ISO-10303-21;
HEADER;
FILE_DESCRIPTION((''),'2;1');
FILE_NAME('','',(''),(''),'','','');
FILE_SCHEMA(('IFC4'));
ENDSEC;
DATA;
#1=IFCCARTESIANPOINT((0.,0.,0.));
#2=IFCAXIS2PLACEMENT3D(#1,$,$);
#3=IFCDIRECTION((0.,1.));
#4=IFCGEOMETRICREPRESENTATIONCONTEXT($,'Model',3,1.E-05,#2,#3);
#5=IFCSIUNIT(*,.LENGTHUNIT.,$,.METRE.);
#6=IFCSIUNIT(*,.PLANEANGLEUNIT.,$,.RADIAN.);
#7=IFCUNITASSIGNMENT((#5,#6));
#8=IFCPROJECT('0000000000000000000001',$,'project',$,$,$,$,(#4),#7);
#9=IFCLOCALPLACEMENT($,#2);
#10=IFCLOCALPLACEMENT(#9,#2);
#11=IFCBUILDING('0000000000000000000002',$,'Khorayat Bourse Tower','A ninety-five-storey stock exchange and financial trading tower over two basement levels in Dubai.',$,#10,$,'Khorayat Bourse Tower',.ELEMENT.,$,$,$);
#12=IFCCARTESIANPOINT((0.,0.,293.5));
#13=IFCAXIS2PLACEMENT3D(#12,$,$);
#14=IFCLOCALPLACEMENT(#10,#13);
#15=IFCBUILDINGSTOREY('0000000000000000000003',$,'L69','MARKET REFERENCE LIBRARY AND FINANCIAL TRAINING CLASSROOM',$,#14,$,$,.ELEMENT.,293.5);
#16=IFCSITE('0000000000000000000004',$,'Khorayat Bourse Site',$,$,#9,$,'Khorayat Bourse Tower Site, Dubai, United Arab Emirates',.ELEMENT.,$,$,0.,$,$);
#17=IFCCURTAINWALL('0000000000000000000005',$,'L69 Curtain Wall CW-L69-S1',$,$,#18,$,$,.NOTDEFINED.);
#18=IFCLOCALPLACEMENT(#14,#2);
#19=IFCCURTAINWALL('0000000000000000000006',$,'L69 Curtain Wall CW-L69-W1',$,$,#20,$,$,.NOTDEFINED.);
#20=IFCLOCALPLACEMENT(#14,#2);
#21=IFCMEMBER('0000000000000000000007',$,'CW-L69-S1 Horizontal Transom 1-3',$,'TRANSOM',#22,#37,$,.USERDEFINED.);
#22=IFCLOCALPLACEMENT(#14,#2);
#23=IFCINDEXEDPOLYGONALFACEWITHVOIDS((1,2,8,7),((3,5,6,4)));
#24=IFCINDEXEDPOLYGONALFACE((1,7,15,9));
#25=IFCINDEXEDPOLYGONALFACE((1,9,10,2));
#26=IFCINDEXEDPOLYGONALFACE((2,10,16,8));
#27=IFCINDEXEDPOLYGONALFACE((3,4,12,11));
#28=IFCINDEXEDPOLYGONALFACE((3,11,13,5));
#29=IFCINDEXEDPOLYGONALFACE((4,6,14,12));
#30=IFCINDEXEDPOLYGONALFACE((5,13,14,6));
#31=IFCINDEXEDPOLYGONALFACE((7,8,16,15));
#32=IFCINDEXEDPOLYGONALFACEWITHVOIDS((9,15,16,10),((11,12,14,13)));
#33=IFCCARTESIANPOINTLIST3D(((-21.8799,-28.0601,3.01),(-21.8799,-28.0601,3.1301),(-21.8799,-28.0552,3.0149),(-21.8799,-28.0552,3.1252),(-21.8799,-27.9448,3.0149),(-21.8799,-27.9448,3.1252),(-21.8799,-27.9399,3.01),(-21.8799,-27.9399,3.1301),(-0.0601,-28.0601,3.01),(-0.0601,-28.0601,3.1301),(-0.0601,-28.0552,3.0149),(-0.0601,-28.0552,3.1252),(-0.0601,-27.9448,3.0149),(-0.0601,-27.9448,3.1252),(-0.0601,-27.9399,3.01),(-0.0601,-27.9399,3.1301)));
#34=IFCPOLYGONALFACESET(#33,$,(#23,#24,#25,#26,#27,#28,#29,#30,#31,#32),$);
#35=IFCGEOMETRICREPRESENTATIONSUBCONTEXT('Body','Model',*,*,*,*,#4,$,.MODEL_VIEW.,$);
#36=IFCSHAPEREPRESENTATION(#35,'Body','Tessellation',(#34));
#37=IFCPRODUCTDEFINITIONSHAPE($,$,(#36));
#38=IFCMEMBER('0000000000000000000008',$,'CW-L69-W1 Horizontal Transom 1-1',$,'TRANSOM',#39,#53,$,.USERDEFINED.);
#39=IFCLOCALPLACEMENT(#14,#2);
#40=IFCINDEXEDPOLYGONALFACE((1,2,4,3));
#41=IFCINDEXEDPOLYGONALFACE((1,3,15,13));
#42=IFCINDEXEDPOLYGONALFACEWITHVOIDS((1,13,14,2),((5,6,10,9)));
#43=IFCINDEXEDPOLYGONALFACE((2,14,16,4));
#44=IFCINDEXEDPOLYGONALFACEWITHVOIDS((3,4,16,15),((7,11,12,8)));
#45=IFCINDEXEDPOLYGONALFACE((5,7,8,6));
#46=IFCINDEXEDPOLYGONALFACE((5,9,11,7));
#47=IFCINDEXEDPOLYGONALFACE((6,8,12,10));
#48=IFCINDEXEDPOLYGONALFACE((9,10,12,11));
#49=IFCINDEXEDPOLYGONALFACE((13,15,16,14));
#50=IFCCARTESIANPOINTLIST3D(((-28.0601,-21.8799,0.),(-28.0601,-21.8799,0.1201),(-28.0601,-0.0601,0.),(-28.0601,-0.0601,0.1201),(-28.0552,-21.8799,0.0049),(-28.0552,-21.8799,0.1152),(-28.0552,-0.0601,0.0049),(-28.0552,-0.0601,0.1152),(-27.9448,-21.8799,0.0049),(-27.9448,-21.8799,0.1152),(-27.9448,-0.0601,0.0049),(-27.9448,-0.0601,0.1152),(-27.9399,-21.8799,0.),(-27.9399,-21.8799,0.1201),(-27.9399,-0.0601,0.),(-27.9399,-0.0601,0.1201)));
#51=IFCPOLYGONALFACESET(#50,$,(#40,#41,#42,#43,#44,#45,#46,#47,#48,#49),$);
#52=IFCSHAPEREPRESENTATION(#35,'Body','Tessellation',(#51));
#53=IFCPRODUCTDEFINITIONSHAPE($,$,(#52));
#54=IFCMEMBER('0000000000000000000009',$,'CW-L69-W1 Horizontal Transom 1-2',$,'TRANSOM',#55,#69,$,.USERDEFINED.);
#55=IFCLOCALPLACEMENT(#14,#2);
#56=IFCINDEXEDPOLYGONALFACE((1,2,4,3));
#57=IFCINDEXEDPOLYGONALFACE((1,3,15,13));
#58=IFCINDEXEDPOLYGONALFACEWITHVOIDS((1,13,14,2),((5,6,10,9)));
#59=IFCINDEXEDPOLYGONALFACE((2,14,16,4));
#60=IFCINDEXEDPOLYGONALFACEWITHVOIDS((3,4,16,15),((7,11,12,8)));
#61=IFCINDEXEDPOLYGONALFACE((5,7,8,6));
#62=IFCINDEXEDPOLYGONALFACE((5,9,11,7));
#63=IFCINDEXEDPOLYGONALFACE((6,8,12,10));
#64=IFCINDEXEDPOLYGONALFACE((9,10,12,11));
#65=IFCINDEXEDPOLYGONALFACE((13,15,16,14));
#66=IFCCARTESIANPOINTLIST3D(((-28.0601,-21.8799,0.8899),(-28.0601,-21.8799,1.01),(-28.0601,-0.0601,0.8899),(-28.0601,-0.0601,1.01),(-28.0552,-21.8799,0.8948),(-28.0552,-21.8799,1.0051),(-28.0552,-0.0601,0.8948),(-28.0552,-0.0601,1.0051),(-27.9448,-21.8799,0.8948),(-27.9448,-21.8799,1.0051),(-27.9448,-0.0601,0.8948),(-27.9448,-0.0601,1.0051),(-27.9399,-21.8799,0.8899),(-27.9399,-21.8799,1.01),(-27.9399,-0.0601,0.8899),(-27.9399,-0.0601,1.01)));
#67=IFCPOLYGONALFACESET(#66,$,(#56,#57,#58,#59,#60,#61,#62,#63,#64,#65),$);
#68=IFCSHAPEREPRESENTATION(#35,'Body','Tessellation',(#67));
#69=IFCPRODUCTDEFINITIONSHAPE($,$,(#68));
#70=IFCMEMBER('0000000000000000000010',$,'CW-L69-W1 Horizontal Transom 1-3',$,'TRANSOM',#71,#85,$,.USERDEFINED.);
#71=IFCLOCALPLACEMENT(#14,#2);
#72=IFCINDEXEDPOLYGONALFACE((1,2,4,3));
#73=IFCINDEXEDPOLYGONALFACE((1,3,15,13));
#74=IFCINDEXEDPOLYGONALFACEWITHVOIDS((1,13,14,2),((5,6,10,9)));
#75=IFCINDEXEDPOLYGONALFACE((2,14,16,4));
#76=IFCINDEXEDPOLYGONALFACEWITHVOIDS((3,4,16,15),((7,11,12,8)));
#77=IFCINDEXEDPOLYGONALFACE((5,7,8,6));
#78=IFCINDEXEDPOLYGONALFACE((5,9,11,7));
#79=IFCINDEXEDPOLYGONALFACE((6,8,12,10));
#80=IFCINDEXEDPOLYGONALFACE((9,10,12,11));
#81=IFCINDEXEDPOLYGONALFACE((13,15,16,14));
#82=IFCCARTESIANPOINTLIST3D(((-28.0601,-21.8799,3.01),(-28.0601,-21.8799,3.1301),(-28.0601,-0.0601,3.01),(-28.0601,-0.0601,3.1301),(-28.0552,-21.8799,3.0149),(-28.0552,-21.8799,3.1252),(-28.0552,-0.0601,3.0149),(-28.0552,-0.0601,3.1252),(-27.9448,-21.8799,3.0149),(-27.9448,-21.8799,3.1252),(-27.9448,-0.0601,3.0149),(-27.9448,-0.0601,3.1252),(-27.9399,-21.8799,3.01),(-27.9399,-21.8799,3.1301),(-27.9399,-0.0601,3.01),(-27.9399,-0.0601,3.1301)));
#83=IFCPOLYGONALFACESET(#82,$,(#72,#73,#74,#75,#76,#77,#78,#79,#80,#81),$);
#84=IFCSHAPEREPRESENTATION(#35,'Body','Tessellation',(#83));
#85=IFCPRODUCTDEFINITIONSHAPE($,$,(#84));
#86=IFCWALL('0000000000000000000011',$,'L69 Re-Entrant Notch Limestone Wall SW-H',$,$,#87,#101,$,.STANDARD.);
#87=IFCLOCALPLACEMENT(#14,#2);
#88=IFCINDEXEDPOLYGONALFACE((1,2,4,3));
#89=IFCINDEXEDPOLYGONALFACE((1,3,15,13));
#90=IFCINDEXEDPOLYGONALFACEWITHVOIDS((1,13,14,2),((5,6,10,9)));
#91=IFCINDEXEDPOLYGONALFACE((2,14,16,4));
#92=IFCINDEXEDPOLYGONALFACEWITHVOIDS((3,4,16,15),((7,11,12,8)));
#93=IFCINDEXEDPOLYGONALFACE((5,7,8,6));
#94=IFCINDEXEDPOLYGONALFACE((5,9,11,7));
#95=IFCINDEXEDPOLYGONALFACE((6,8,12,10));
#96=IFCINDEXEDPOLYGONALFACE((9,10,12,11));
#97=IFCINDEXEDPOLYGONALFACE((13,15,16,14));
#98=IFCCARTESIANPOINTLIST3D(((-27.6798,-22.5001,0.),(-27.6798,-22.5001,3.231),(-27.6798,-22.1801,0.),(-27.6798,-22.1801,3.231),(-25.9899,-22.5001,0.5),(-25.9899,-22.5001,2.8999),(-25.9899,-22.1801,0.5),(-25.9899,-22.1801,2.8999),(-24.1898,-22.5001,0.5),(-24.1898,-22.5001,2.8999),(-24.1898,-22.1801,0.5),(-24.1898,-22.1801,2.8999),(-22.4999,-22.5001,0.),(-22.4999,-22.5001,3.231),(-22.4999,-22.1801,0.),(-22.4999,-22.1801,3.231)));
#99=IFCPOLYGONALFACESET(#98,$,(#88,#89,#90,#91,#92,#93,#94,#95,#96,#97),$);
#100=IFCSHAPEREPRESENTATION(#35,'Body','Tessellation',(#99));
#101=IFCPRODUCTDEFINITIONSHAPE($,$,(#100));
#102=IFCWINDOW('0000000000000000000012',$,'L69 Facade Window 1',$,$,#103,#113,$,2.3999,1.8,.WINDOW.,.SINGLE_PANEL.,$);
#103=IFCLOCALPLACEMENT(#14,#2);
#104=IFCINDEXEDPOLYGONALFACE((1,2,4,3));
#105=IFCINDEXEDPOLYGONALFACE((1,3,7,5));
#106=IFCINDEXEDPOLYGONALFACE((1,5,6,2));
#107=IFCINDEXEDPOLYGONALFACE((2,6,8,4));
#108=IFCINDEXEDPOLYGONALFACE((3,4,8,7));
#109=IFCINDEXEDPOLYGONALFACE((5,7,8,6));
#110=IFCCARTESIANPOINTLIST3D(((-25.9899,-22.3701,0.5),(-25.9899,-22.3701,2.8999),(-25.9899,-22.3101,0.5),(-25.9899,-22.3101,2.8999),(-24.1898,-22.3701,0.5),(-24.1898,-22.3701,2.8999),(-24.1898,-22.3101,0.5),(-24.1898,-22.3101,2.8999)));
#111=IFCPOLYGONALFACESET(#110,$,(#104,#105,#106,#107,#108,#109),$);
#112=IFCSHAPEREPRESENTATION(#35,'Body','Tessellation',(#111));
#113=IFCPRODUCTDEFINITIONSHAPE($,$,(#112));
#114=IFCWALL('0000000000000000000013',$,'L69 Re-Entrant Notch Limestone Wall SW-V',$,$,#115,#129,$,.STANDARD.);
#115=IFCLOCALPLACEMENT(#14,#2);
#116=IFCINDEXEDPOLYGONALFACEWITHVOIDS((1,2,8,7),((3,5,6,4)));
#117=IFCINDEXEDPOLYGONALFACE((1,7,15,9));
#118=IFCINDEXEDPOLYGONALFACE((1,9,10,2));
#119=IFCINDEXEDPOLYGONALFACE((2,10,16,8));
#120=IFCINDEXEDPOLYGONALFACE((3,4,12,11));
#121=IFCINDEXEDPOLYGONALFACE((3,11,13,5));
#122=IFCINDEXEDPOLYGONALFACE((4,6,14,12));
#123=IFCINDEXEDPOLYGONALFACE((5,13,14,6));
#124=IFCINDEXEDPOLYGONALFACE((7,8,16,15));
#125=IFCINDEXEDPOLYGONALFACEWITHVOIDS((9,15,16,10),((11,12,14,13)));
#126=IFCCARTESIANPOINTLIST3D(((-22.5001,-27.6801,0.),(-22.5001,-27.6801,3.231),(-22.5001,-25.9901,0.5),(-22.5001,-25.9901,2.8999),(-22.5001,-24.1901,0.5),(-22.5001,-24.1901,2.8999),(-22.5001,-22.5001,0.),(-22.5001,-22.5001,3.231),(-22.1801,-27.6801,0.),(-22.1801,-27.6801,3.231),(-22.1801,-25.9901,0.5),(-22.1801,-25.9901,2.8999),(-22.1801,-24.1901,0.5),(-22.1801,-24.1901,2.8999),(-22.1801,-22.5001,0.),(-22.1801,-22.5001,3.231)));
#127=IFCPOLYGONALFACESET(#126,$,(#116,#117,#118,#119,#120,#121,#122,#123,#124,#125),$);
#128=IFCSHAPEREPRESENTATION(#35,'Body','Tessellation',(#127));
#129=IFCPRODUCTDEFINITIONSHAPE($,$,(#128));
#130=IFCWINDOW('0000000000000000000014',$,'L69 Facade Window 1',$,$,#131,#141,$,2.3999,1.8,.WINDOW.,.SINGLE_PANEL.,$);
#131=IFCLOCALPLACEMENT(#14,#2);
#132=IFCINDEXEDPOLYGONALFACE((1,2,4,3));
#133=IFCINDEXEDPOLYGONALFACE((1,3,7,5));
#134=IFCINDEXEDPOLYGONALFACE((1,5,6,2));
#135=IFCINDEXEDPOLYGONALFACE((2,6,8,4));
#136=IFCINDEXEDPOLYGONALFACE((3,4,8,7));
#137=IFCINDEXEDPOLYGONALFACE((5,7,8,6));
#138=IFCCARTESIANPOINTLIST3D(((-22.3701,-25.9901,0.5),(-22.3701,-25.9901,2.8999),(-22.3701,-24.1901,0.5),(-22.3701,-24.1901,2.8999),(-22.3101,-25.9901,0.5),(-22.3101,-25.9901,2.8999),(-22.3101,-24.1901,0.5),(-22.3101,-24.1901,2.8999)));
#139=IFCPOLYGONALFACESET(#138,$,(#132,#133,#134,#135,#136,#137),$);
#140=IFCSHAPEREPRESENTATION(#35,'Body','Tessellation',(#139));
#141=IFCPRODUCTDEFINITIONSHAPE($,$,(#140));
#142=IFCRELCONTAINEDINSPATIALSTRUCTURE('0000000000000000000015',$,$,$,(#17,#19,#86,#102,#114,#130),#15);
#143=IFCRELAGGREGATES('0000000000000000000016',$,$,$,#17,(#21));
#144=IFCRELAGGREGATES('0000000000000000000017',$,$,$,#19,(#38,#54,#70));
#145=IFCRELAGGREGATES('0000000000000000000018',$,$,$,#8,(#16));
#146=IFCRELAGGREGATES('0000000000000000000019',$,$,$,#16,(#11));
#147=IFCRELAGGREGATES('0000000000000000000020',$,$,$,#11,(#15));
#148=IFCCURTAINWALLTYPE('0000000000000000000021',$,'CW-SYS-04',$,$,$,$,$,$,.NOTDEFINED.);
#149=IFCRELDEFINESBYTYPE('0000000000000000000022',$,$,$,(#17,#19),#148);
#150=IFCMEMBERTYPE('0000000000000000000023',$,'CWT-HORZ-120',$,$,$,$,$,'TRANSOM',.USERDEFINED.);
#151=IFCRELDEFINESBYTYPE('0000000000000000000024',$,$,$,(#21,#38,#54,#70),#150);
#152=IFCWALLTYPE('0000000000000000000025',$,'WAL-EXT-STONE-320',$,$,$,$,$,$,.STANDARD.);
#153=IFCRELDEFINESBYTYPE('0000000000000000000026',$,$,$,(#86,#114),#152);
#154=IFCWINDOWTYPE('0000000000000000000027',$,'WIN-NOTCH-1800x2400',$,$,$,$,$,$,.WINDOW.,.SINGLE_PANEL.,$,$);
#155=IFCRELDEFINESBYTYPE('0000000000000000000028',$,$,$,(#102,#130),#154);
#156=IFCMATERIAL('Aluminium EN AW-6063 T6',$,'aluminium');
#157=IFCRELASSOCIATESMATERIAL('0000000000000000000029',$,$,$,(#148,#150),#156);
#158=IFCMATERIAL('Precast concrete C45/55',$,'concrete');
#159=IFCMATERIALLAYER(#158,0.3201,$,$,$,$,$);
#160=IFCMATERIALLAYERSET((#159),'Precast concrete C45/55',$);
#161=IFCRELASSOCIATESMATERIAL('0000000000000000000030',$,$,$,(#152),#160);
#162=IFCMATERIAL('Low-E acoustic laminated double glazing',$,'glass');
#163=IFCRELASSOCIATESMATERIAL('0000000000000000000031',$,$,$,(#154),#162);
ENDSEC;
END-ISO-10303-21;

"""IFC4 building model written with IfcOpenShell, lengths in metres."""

from ifc_helpers import new_model, si_unit, direction, frame, frame_2d, origin, origin_2d, place, context, subcontext, project, spatial, rectangle, hollow_rectangle, extrude, source, transform, mapped, material, layer, layer_set, material_profile, profile_set, type_object, element, fill, aggregate, save


model = new_model("IFC4")

# Units and contexts
model_context = context("Model", 3, precision=1e-05, world=origin(), true_north=direction((0.0, 1.0)))
body_context = subcontext(model_context, "Body", "Model", "MODEL_VIEW")
ifc_project = project(units=[si_unit("LENGTHUNIT", "METRE"), si_unit("PLANEANGLEUNIT", "RADIAN")], contexts=[model_context])

# Site, building, storey
site_placement = place(None, origin())
site = spatial("IfcSite", under=ifc_project, at=site_placement, Name="Khorayat Bourse Site", LongName="Khorayat Bourse Tower Site, Dubai, United Arab Emirates", CompositionType="ELEMENT", RefElevation=0.0)
building_placement = place(site_placement, origin())
building = spatial("IfcBuilding", under=site, at=building_placement, Name="Khorayat Bourse Tower", Description="A ninety-five-storey stock exchange and financial trading tower over two basement levels in Dubai.", LongName="Khorayat Bourse Tower", CompositionType="ELEMENT")
storey_placement = place(building_placement, frame((0.0, 0.0, 293.5)))
storey = spatial("IfcBuildingStorey", under=building, at=storey_placement, Name="L69", Description="MARKET REFERENCE LIBRARY AND FINANCIAL TRAINING CLASSROOM", CompositionType="ELEMENT", Elevation=293.5)

# Curtain wall
ifc_material_1 = material(Name="Aluminium EN AW-6063 T6", Category="aluminium")
curtain_wall_type = type_object("IfcCurtainWallType", Name="CW-SYS-04", PredefinedType="NOTDEFINED", material=ifc_material_1)
curtain_wall_1_placement = place(storey_placement, origin())
curtain_wall_1 = element("IfcCurtainWall", 1, at=curtain_wall_1_placement, inside=storey, type_object=curtain_wall_type, Name="L69 Curtain Wall CW-L69-S1", PredefinedType="NOTDEFINED")

# Curtain wall
curtain_wall_2_placement = place(storey_placement, origin())
curtain_wall_2 = element("IfcCurtainWall", 2, at=curtain_wall_2_placement, inside=storey, type_object=curtain_wall_type, Name="L69 Curtain Wall CW-L69-W1", PredefinedType="NOTDEFINED")

# Members
ifc_material_profile_1 = material_profile(ifc_material_1, hollow_rectangle(XDim=0.1201, YDim=0.1201, WallThickness=0.0049, at=origin_2d()), Name="ALU 120x120x5")
ifc_profile_set_1 = profile_set([ifc_material_profile_1], Name="Aluminium EN AW-6063 T6")
member_type_1 = type_object("IfcMemberType", Name="CWT-HORZ-120", ElementType="TRANSOM", PredefinedType="USERDEFINED", material=ifc_profile_set_1)
shared_shape_1 = source(origin(), body_context, "Body", "SweptSolid", [
    extrude(hollow_rectangle(XDim=0.1201, YDim=0.1201, WallThickness=0.0049, at=origin_2d()), origin(), (0.0, 0.0, 1.0), 21.8198),
])
member_1_placement = place(storey_placement, frame((-21.8799, -28.0, 3.0701), z_axis=(1.0, 0.0, 0.0), x_axis=(0.0, 1.0, 0.0)))
member_1 = element("IfcMember", 3, at=member_1_placement, type_object=member_type_1, Name="CW-L69-S1 Horizontal Transom 1-3", ObjectType="TRANSOM", PredefinedType="USERDEFINED", context=body_context, shape_type="MappedRepresentation", body=[
    mapped(shared_shape_1, transform((0.0, 0.0, 0.0), scale=1.0)),
])
aggregate(curtain_wall_1, [member_1])
member_2_placement = place(storey_placement, frame((-28.0, -21.8799, 0.0601), z_axis=(0.0, 1.0, 0.0), x_axis=(-1.0, 0.0, 0.0)))
member_2 = element("IfcMember", 4, at=member_2_placement, type_object=member_type_1, Name="CW-L69-W1 Horizontal Transom 1-1", ObjectType="TRANSOM", PredefinedType="USERDEFINED", context=body_context, shape_type="MappedRepresentation", body=[
    mapped(shared_shape_1, transform((0.0, 0.0, 0.0), scale=1.0)),
])
member_3_placement = place(storey_placement, frame((-28.0, -21.8799, 0.95), z_axis=(0.0, 1.0, 0.0), x_axis=(-1.0, 0.0, 0.0)))
member_3 = element("IfcMember", 5, at=member_3_placement, type_object=member_type_1, Name="CW-L69-W1 Horizontal Transom 1-2", ObjectType="TRANSOM", PredefinedType="USERDEFINED", context=body_context, shape_type="MappedRepresentation", body=[
    mapped(shared_shape_1, transform((0.0, 0.0, 0.0), scale=1.0)),
])
member_4_placement = place(storey_placement, frame((-28.0, -21.8799, 3.0701), z_axis=(0.0, 1.0, 0.0), x_axis=(-1.0, 0.0, 0.0)))
member_4 = element("IfcMember", 6, at=member_4_placement, type_object=member_type_1, Name="CW-L69-W1 Horizontal Transom 1-3", ObjectType="TRANSOM", PredefinedType="USERDEFINED", context=body_context, shape_type="MappedRepresentation", body=[
    mapped(shared_shape_1, transform((0.0, 0.0, 0.0), scale=1.0)),
])
aggregate(curtain_wall_2, [member_2, member_3, member_4])

# Walls, openings, windows
ifc_material_2 = material(Name="Precast concrete C45/55", Category="concrete")
ifc_layer = layer(ifc_material_2, 0.3201)
ifc_layer_set = layer_set([ifc_layer], Name="Precast concrete C45/55")
wall_type = type_object("IfcWallType", Name="WAL-EXT-STONE-320", PredefinedType="STANDARD", material=ifc_layer_set)
shared_shape_2 = source(origin(), body_context, "Body", "SweptSolid", [
    extrude(rectangle(XDim=5.1799, YDim=0.3201, at=frame_2d((2.5898, 0.0))), origin(), (0.0, 0.0, 1.0), 3.231),
])
wall_1_placement = place(storey_placement, frame((-22.5, -22.3401, 0.0), z_axis=(0.0, 0.0, 1.0), x_axis=(-1.0, 0.0, 0.0)))
wall_1 = element("IfcWall", 7, at=wall_1_placement, inside=storey, type_object=wall_type, Name="L69 Re-Entrant Notch Limestone Wall SW-H", PredefinedType="STANDARD", context=body_context, shape_type="MappedRepresentation", body=[
    mapped(shared_shape_2, transform((0.0, 0.0, 0.0), scale=1.0)),
])
shared_shape_3 = source(origin(), body_context, "Body", "SweptSolid", [
    extrude(rectangle(XDim=1.8, YDim=2.3999, at=frame_2d((0.8999, 1.2))), frame((0.0, 0.1699, 0.0), z_axis=(0.0, -1.0, 0.0), x_axis=(1.0, 0.0, 0.0)), (0.0, 0.0, 1.0), 0.3401),
])
opening_1_placement = place(wall_1_placement, frame((1.6899, 0.0, 0.5)))
opening_1 = element("IfcOpeningElement", 8, at=opening_1_placement, cuts=wall_1, PredefinedType="OPENING", context=body_context, shape_type="MappedRepresentation", body=[
    mapped(shared_shape_3, transform((0.0, 0.0, 0.0), scale=1.0)),
])
ifc_material_3 = material(Name="Low-E acoustic laminated double glazing", Category="glass")
window_type = type_object("IfcWindowType", Name="WIN-NOTCH-1800x2400", PartitioningType="SINGLE_PANEL", PredefinedType="WINDOW", material=ifc_material_3)
shared_shape_4 = source(origin(), body_context, "Body", "SweptSolid", [
    extrude(rectangle(XDim=1.8, YDim=2.3999, at=frame_2d((0.8999, 1.2))), frame((0.0, 0.03, 0.0), z_axis=(0.0, -1.0, 0.0), x_axis=(1.0, 0.0, 0.0)), (0.0, 0.0, 1.0), 0.0601),
])
window_1_placement = place(opening_1_placement, origin())
window_1 = element("IfcWindow", 9, at=window_1_placement, inside=storey, type_object=window_type, Name="L69 Facade Window 1", OverallHeight=2.3999, OverallWidth=1.8, PartitioningType="SINGLE_PANEL", PredefinedType="WINDOW", context=body_context, shape_type="MappedRepresentation", body=[
    mapped(shared_shape_4, transform((0.0, 0.0, 0.0), scale=1.0)),
])
fill(opening_1, window_1)
wall_2_placement = place(storey_placement, frame((-22.3401, -27.6799, 0.0), z_axis=(0.0, 0.0, 1.0), x_axis=(0.0, 1.0, 0.0)))
wall_2 = element("IfcWall", 10, at=wall_2_placement, inside=storey, type_object=wall_type, Name="L69 Re-Entrant Notch Limestone Wall SW-V", PredefinedType="STANDARD", context=body_context, shape_type="MappedRepresentation", body=[
    mapped(shared_shape_2, transform((0.0, 0.0, 0.0), scale=1.0)),
])
opening_2_placement = place(wall_2_placement, frame((1.6899, 0.0, 0.5)))
opening_2 = element("IfcOpeningElement", 11, at=opening_2_placement, cuts=wall_2, PredefinedType="OPENING", context=body_context, shape_type="MappedRepresentation", body=[
    mapped(shared_shape_3, transform((0.0, 0.0, 0.0), scale=1.0)),
])
window_2_placement = place(opening_2_placement, origin())
window_2 = element("IfcWindow", 12, at=window_2_placement, inside=storey, type_object=window_type, Name="L69 Facade Window 1", OverallHeight=2.3999, OverallWidth=1.8, PartitioningType="SINGLE_PANEL", PredefinedType="WINDOW", context=body_context, shape_type="MappedRepresentation", body=[
    mapped(shared_shape_4, transform((0.0, 0.0, 0.0), scale=1.0)),
])
fill(opening_2, window_2)

save(model, "model.ifc")
